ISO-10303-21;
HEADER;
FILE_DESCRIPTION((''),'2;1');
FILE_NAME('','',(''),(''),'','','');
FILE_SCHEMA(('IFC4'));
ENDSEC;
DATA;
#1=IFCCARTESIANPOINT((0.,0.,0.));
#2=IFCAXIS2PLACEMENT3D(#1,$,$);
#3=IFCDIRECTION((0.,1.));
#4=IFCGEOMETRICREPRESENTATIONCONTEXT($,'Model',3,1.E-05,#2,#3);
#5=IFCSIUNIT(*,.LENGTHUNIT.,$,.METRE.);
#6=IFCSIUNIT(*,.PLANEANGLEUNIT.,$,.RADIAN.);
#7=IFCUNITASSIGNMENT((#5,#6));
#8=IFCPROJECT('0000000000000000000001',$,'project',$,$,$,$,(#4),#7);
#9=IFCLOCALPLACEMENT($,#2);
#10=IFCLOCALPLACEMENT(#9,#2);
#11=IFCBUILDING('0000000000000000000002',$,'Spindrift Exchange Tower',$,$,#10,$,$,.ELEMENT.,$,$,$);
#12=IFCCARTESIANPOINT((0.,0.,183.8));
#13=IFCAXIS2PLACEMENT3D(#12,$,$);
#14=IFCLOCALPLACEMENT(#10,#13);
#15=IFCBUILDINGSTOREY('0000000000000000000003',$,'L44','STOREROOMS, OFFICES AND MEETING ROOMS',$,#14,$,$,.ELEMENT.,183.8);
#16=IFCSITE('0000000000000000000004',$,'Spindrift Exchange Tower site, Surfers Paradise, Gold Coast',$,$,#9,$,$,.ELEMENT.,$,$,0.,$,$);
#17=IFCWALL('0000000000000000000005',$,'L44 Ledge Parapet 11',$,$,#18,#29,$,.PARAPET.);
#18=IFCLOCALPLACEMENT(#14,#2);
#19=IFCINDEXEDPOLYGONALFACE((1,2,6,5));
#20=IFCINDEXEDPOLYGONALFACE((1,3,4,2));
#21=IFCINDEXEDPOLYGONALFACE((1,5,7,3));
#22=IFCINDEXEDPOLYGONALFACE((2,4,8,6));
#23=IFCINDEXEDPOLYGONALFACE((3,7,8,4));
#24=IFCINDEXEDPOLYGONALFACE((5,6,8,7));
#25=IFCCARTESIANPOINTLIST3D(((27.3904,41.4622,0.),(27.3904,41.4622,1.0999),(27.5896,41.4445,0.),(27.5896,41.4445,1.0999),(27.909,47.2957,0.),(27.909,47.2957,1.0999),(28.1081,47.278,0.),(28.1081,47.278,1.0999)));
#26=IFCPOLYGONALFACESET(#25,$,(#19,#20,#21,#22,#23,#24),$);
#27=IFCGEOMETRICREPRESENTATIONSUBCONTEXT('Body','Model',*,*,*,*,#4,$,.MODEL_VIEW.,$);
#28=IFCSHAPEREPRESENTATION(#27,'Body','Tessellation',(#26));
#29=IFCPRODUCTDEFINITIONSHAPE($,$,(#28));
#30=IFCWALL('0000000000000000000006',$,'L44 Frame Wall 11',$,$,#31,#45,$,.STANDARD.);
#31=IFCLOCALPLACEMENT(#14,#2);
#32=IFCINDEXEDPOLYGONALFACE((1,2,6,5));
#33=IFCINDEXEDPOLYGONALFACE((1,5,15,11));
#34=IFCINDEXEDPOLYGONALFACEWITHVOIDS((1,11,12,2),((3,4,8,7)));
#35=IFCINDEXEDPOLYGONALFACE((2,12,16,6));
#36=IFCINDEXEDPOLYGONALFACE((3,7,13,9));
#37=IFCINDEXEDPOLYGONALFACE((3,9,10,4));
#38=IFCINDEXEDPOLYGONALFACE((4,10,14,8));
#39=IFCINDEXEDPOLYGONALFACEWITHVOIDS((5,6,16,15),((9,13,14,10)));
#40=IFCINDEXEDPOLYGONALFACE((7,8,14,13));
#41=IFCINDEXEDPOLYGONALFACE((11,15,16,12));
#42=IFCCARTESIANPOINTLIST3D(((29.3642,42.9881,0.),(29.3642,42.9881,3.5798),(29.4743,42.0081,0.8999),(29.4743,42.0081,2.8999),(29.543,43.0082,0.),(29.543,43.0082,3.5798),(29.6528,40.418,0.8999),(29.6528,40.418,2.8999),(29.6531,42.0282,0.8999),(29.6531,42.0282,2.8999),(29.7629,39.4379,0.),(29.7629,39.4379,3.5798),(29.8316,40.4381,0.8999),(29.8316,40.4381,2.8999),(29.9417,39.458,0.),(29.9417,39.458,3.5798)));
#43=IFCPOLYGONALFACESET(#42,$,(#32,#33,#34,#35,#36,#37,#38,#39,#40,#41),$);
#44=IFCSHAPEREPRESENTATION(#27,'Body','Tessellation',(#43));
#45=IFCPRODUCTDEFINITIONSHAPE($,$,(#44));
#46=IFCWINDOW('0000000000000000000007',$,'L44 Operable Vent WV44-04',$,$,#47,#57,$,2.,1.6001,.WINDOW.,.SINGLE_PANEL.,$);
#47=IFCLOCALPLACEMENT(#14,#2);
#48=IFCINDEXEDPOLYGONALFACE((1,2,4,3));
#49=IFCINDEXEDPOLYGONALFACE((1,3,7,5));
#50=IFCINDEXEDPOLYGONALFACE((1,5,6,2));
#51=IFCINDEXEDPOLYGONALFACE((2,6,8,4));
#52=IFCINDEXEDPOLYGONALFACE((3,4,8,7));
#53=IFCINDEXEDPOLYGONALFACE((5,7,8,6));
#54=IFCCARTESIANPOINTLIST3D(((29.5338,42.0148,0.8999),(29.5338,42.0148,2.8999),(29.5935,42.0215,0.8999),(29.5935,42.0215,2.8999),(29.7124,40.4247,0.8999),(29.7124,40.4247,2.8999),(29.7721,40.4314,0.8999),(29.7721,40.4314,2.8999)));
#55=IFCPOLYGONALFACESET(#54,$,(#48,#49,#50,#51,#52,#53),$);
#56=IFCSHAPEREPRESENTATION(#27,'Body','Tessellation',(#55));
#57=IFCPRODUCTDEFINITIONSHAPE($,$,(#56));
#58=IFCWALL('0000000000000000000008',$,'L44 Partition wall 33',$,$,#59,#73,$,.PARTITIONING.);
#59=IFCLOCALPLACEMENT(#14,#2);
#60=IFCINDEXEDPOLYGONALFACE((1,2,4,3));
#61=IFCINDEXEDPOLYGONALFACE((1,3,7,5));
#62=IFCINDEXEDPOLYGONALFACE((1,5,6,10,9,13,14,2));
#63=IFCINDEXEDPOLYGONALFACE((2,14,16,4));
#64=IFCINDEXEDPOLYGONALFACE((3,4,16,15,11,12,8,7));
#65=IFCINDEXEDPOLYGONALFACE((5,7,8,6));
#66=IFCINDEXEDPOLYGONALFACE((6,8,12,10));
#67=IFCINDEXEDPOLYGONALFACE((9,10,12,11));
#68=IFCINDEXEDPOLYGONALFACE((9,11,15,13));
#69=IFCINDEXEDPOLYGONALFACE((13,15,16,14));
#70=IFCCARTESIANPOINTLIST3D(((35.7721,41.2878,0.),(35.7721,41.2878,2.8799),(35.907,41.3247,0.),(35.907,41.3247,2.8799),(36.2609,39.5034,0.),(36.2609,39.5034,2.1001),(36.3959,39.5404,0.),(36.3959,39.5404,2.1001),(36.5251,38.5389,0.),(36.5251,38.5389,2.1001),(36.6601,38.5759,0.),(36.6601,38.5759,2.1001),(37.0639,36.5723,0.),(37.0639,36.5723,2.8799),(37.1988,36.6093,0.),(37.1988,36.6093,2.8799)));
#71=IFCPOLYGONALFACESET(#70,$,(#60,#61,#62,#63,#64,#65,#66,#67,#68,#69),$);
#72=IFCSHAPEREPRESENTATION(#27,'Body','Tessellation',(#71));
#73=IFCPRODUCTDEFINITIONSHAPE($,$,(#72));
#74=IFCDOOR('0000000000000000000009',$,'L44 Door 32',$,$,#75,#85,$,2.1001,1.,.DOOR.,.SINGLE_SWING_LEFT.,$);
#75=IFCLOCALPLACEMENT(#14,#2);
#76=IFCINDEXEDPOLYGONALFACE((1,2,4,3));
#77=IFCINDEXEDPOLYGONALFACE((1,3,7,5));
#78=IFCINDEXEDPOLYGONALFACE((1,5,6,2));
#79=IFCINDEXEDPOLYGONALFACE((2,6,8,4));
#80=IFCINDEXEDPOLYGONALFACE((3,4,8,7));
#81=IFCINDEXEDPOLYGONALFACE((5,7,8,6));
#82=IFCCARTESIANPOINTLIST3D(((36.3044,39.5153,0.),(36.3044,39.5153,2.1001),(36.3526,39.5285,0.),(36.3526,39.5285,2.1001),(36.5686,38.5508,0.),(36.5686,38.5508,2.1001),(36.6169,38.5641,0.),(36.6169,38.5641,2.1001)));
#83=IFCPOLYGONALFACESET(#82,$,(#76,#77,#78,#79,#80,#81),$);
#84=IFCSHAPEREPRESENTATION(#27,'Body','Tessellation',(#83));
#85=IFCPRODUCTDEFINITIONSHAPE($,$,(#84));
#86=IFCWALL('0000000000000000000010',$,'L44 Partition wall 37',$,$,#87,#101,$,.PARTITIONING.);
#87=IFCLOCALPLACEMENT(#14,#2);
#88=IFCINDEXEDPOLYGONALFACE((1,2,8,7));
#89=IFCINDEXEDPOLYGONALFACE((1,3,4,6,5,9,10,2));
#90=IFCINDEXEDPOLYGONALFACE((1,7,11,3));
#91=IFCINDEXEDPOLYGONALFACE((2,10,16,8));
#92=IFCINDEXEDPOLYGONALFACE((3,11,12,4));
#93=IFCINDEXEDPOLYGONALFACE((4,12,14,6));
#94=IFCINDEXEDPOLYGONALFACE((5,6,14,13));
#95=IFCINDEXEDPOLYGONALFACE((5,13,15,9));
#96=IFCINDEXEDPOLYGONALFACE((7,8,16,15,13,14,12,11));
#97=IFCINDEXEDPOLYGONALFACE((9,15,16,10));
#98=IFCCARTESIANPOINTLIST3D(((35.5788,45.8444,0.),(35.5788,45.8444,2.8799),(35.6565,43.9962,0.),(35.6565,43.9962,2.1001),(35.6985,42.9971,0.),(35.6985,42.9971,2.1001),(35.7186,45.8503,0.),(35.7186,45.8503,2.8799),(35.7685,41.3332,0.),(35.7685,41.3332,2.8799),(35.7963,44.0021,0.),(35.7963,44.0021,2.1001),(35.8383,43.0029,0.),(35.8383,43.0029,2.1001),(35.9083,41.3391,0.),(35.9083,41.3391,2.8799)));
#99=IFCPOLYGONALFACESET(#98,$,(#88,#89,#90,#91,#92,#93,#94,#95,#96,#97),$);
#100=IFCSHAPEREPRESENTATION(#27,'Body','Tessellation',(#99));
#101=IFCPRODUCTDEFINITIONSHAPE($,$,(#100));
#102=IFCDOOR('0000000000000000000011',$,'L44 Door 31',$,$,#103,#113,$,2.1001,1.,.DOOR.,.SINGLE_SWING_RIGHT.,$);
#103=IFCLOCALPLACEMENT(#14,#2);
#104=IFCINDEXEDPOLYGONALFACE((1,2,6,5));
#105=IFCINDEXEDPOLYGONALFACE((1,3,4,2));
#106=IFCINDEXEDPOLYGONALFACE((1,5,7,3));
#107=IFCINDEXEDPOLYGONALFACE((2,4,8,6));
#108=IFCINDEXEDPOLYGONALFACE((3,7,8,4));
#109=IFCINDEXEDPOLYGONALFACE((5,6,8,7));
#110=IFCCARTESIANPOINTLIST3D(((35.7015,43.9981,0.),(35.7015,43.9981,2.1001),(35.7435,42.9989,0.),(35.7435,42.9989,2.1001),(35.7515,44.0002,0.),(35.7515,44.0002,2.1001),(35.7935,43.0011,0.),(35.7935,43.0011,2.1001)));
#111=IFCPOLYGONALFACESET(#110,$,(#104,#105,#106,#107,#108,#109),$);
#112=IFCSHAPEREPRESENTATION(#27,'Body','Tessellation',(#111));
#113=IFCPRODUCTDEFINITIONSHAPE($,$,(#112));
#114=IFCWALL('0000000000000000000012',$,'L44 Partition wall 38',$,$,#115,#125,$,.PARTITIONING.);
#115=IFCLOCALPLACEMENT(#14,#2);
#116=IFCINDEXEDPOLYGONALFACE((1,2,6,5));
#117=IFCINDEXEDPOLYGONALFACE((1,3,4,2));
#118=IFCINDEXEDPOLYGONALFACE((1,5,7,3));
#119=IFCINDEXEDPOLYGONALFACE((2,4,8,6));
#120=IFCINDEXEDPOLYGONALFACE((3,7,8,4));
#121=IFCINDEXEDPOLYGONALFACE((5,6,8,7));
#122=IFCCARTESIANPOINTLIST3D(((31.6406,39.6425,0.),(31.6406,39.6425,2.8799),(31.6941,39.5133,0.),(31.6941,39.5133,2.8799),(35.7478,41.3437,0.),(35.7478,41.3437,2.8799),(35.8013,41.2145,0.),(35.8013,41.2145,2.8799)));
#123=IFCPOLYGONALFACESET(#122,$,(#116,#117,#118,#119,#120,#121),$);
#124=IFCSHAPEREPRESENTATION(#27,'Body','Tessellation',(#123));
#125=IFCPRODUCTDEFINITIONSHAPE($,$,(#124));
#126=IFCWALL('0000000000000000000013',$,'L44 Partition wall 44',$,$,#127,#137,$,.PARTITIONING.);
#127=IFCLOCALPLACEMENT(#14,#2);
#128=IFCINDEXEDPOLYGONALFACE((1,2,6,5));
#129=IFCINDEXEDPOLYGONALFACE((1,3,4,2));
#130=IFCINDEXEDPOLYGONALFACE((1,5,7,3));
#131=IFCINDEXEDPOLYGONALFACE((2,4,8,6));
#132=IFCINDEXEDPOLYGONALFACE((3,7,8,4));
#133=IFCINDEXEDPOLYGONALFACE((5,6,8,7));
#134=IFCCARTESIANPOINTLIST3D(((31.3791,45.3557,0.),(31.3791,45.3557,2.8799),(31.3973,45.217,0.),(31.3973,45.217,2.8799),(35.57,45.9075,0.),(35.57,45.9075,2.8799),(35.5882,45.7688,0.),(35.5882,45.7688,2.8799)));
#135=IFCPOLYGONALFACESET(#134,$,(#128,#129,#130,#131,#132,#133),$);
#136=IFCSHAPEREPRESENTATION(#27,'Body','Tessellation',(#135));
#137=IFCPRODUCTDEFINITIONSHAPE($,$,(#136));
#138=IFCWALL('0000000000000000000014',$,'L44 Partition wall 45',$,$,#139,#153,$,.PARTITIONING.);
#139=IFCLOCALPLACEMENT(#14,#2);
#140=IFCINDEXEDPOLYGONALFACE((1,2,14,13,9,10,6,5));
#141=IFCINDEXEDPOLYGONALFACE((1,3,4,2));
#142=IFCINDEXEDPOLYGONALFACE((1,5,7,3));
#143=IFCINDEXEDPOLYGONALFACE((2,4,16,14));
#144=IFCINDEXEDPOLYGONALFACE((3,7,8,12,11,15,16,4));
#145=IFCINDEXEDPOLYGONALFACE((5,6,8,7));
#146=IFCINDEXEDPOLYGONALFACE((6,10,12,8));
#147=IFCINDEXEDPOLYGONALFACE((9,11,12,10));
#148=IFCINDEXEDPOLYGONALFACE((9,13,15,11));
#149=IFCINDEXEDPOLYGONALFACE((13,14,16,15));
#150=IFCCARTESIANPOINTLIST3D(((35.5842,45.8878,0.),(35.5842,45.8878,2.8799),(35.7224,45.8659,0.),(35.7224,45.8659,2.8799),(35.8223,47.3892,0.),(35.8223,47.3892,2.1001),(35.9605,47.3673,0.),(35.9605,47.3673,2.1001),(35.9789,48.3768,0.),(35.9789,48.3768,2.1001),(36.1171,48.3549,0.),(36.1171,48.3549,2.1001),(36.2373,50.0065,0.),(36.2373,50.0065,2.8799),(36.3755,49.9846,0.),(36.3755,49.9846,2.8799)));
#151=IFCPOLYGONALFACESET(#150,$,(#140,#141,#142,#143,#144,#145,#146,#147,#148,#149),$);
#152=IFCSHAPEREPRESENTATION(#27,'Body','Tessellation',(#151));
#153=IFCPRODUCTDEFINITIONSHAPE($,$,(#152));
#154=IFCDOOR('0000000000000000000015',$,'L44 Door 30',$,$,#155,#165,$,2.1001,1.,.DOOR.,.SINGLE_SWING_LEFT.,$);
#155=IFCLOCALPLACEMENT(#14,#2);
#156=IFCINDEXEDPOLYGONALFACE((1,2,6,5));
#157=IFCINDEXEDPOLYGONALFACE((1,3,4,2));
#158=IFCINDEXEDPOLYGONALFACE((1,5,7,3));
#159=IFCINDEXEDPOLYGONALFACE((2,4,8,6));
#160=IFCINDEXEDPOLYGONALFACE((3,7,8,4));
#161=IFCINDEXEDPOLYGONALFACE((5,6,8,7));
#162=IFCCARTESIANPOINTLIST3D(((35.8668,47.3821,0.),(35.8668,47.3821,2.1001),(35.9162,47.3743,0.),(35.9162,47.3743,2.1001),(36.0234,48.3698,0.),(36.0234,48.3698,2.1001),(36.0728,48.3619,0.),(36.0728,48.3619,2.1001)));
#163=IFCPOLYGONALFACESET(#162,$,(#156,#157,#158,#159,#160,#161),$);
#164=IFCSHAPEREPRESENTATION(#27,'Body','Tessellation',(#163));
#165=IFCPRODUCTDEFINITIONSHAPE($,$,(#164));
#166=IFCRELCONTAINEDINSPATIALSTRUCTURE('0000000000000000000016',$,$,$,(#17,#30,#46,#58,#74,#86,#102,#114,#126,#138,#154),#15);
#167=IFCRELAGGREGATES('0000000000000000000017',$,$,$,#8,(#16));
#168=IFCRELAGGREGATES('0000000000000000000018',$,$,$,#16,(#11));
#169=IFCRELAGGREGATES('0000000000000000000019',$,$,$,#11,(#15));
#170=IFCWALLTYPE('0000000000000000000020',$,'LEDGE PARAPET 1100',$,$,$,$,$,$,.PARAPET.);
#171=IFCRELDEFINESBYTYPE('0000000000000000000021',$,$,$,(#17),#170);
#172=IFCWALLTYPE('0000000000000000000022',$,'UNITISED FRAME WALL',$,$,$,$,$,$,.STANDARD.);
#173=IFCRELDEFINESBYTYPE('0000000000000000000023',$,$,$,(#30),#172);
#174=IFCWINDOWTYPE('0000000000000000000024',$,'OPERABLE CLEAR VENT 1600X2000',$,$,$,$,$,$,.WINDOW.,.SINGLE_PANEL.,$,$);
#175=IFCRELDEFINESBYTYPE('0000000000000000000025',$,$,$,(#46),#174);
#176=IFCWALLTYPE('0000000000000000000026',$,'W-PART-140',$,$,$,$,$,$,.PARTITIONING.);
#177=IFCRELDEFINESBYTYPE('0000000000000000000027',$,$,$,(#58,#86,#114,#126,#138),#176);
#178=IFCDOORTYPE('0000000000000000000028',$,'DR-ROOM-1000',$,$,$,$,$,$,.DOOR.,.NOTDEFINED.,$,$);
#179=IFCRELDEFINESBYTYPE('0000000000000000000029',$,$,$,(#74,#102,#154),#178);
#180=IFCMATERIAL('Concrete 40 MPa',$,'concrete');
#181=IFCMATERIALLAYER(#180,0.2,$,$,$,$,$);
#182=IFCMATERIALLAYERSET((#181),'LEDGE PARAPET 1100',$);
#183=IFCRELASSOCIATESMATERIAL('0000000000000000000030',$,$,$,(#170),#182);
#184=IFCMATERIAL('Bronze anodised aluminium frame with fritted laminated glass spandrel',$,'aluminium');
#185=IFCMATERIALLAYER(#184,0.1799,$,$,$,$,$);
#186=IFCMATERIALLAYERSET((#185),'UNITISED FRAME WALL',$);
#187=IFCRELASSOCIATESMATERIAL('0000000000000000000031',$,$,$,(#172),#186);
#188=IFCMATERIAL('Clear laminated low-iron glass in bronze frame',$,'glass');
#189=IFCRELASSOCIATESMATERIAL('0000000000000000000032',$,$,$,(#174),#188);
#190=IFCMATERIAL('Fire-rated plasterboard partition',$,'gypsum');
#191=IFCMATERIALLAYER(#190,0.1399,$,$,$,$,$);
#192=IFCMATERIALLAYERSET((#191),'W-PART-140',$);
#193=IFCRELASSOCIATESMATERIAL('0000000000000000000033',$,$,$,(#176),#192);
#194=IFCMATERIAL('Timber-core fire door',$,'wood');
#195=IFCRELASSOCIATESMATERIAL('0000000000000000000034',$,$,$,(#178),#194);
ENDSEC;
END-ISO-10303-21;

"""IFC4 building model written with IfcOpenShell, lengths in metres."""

from ifc_helpers import new_model, si_unit, direction, frame, frame_2d, origin, place, context, subcontext, project, spatial, rectangle, extrude, source, transform, mapped, material, layer, layer_set, type_object, element, fill, save


model = new_model("IFC4")

# Units and contexts
model_context = context("Model", 3, precision=1e-05, world=origin(), true_north=direction((0.0, 1.0)))
body_context = subcontext(model_context, "Body", "Model", "MODEL_VIEW")
ifc_project = project(units=[si_unit("LENGTHUNIT", "METRE"), si_unit("PLANEANGLEUNIT", "RADIAN")], contexts=[model_context])

# Site, building, storey
site_placement = place(None, origin())
site = spatial("IfcSite", under=ifc_project, at=site_placement, Name="Spindrift Exchange Tower site, Surfers Paradise, Gold Coast", CompositionType="ELEMENT", RefElevation=0.0)
building_placement = place(site_placement, origin())
building = spatial("IfcBuilding", under=site, at=building_placement, Name="Spindrift Exchange Tower", CompositionType="ELEMENT")
storey_placement = place(building_placement, frame((0.0, 0.0, 183.8)))
storey = spatial("IfcBuildingStorey", under=building, at=storey_placement, Name="L44", Description="STOREROOMS, OFFICES AND MEETING ROOMS", CompositionType="ELEMENT", Elevation=183.8)

# Wall
ifc_material_1 = material(Name="Concrete 40 MPa", Category="concrete")
ifc_layer_1 = layer(ifc_material_1, 0.2)
ifc_layer_set_1 = layer_set([ifc_layer_1], Name="LEDGE PARAPET 1100")
wall_type_1 = type_object("IfcWallType", Name="LEDGE PARAPET 1100", PredefinedType="PARAPET", material=ifc_layer_set_1)
wall_1_placement = place(storey_placement, frame((27.49, 41.4534, 0.0), z_axis=(0.0, 0.0, 1.0), x_axis=(0.088543, 0.996072, 0.0)))
element("IfcWall", 1, at=wall_1_placement, inside=storey, type_object=wall_type_1, Name="L44 Ledge Parapet 11", PredefinedType="PARAPET", context=body_context, shape_type="SweptSolid", body=[
    extrude(rectangle(XDim=5.8564, YDim=0.2, at=frame_2d((2.9282, 0.0))), origin(), (0.0, 0.0, 1.0), 1.0999),
])

# Wall, opening, window
ifc_material_2 = material(Name="Bronze anodised aluminium frame with fritted laminated glass spandrel", Category="aluminium")
ifc_layer_2 = layer(ifc_material_2, 0.1799)
ifc_layer_set_2 = layer_set([ifc_layer_2], Name="UNITISED FRAME WALL")
wall_type_2 = type_object("IfcWallType", Name="UNITISED FRAME WALL", PredefinedType="STANDARD", material=ifc_layer_set_2)
wall_2_placement = place(storey_placement, frame((29.4536, 42.998, 0.0), z_axis=(0.0, 0.0, 1.0), x_axis=(0.111594, -0.993754, 0.0)))
wall_2 = element("IfcWall", 2, at=wall_2_placement, inside=storey, type_object=wall_type_2, Name="L44 Frame Wall 11", PredefinedType="STANDARD", context=body_context, shape_type="SweptSolid", body=[
    extrude(rectangle(XDim=3.5725, YDim=0.1799, at=frame_2d((1.7861, 0.0))), origin(), (0.0, 0.0, 1.0), 3.5798),
])
opening_1_placement = place(wall_2_placement, frame((0.9861, 0.0, 0.8999)))
opening_1 = element("IfcOpeningElement", 3, at=opening_1_placement, cuts=wall_2, PredefinedType="OPENING", context=body_context, shape_type="SweptSolid", body=[
    extrude(rectangle(XDim=1.6001, YDim=2.0, at=frame_2d((0.8, 1.0))), frame((0.0, 0.0999, 0.0), z_axis=(0.0, -1.0, 0.0), x_axis=(1.0, 0.0, 0.0)), (0.0, 0.0, 1.0), 0.2),
])
ifc_material_3 = material(Name="Clear laminated low-iron glass in bronze frame", Category="glass")
window_type = type_object("IfcWindowType", Name="OPERABLE CLEAR VENT 1600X2000", PartitioningType="SINGLE_PANEL", PredefinedType="WINDOW", material=ifc_material_3)
shared_shape_1 = source(origin(), body_context, "Body", "SweptSolid", [
    extrude(rectangle(XDim=1.6001, YDim=2.0, at=frame_2d((0.8, 1.0))), frame((0.0, 0.03, 0.0), z_axis=(0.0, -1.0, 0.0), x_axis=(1.0, 0.0, 0.0)), (0.0, 0.0, 1.0), 0.0601),
])
window_placement = place(opening_1_placement, origin())
window = element("IfcWindow", 4, at=window_placement, inside=storey, type_object=window_type, Name="L44 Operable Vent WV44-04", OverallHeight=2.0, OverallWidth=1.6001, PartitioningType="SINGLE_PANEL", PredefinedType="WINDOW", context=body_context, shape_type="MappedRepresentation", body=[
    mapped(shared_shape_1, transform((0.0, 0.0, 0.0), scale=1.0)),
])
fill(opening_1, window)

# Walls, openings, doors
ifc_material_4 = material(Name="Fire-rated plasterboard partition", Category="gypsum")
ifc_layer_3 = layer(ifc_material_4, 0.1399)
ifc_layer_set_3 = layer_set([ifc_layer_3], Name="W-PART-140")
wall_type_3 = type_object("IfcWallType", Name="W-PART-140", PredefinedType="PARTITIONING", material=ifc_layer_set_3)
wall_3_placement = place(storey_placement, frame((37.1313, 36.5908, 0.0), z_axis=(0.0, 0.0, 1.0), x_axis=(-0.264212, 0.964465, 0.0)))
wall_3 = element("IfcWall", 5, at=wall_3_placement, inside=storey, type_object=wall_type_3, Name="L44 Partition wall 33", PredefinedType="PARTITIONING", context=body_context, shape_type="SweptSolid", body=[
    extrude(rectangle(XDim=4.8892, YDim=0.1399, at=frame_2d((2.4446, 0.0))), origin(), (0.0, 0.0, 1.0), 2.8799),
])
opening_2_placement = place(wall_3_placement, frame((2.0391, 0.0, 0.0)))
opening_2 = element("IfcOpeningElement", 6, at=opening_2_placement, cuts=wall_3, PredefinedType="OPENING", context=body_context, shape_type="SweptSolid", body=[
    extrude(rectangle(XDim=1.0, YDim=2.1001, at=frame_2d((0.5, 1.05))), frame((0.0, 0.0798, 0.0), z_axis=(0.0, -1.0, 0.0), x_axis=(1.0, 0.0, 0.0)), (0.0, 0.0, 1.0), 0.1599),
])
ifc_material_5 = material(Name="Timber-core fire door", Category="wood")
door_type = type_object("IfcDoorType", Name="DR-ROOM-1000", OperationType="NOTDEFINED", PredefinedType="DOOR", material=ifc_material_5)
shared_shape_2 = source(origin(), body_context, "Body", "SweptSolid", [
    extrude(rectangle(XDim=1.0, YDim=2.1001, at=frame_2d((0.5, 1.05))), frame((0.0, 0.0249, 0.0), z_axis=(0.0, -1.0, 0.0), x_axis=(1.0, 0.0, 0.0)), (0.0, 0.0, 1.0), 0.05),
])
door_1_placement = place(opening_2_placement, origin())
door_1 = element("IfcDoor", 7, at=door_1_placement, inside=storey, type_object=door_type, Name="L44 Door 32", OperationType="SINGLE_SWING_LEFT", OverallHeight=2.1001, OverallWidth=1.0, PredefinedType="DOOR", context=body_context, shape_type="MappedRepresentation", body=[
    mapped(shared_shape_2, transform((0.0, 0.0, 0.0), scale=1.0)),
])
fill(opening_2, door_1)
wall_4_placement = place(storey_placement, frame((35.8384, 41.3362, 0.0), z_axis=(0.0, 0.0, 1.0), x_axis=(-0.042013, 0.999117, 0.0)))
wall_4 = element("IfcWall", 8, at=wall_4_placement, inside=storey, type_object=wall_type_3, Name="L44 Partition wall 37", PredefinedType="PARTITIONING", context=body_context, shape_type="SweptSolid", body=[
    extrude(rectangle(XDim=4.5151, YDim=0.1399, at=frame_2d((2.2576, 0.0))), origin(), (0.0, 0.0, 1.0), 2.8799),
])
opening_3_placement = place(wall_4_placement, frame((1.6653, 0.0, 0.0)))
opening_3 = element("IfcOpeningElement", 9, at=opening_3_placement, cuts=wall_4, PredefinedType="OPENING", context=body_context, shape_type="SweptSolid", body=[
    extrude(rectangle(XDim=1.0, YDim=2.1001, at=frame_2d((0.5, 1.05))), frame((0.0, 0.0798, 0.0), z_axis=(0.0, -1.0, 0.0), x_axis=(1.0, 0.0, 0.0)), (0.0, 0.0, 1.0), 0.1599),
])
door_2_placement = place(opening_3_placement, origin())
door_2 = element("IfcDoor", 10, at=door_2_placement, inside=storey, type_object=door_type, Name="L44 Door 31", OperationType="SINGLE_SWING_RIGHT", OverallHeight=2.1001, OverallWidth=1.0, PredefinedType="DOOR", context=body_context, shape_type="MappedRepresentation", body=[
    mapped(shared_shape_2, transform((0.0, 0.0, 0.0), scale=1.0)),
])
fill(opening_3, door_2)

# Walls
wall_5_placement = place(storey_placement, frame((35.7744, 41.2791, 0.0), z_axis=(0.0, 0.0, 1.0), x_axis=(-0.923886, -0.382669, 0.0)))
element("IfcWall", 11, at=wall_5_placement, inside=storey, type_object=wall_type_3, Name="L44 Partition wall 38", PredefinedType="PARTITIONING", context=body_context, shape_type="SweptSolid", body=[
    extrude(rectangle(XDim=4.4456, YDim=0.1399, at=frame_2d((2.2227, 0.0))), origin(), (0.0, 0.0, 1.0), 2.8799),
])
wall_6_placement = place(storey_placement, frame((35.5791, 45.8381, 0.0), z_axis=(0.0, 0.0, 1.0), x_axis=(-0.991444, -0.130529, 0.0)))
element("IfcWall", 12, at=wall_6_placement, inside=storey, type_object=wall_type_3, Name="L44 Partition wall 44", PredefinedType="PARTITIONING", context=body_context, shape_type="SweptSolid", body=[
    extrude(rectangle(XDim=4.2271, YDim=0.1399, at=frame_2d((2.1135, 0.0))), origin(), (0.0, 0.0, 1.0), 2.8799),
])

# Wall, opening, door
wall_7_placement = place(storey_placement, frame((35.6533, 45.877, 0.0), z_axis=(0.0, 0.0, 1.0), x_axis=(0.156609, 0.987661, 0.0)))
wall_7 = element("IfcWall", 13, at=wall_7_placement, inside=storey, type_object=wall_type_3, Name="L44 Partition wall 45", PredefinedType="PARTITIONING", context=body_context, shape_type="SweptSolid", body=[
    extrude(rectangle(XDim=4.1702, YDim=0.1399, at=frame_2d((2.085, 0.0))), origin(), (0.0, 0.0, 1.0), 2.8799),
])
opening_4_placement = place(wall_7_placement, frame((1.52, 0.0, 0.0)))
opening_4 = element("IfcOpeningElement", 14, at=opening_4_placement, cuts=wall_7, PredefinedType="OPENING", context=body_context, shape_type="SweptSolid", body=[
    extrude(rectangle(XDim=1.0, YDim=2.1001, at=frame_2d((0.5, 1.05))), frame((0.0, 0.0798, 0.0), z_axis=(0.0, -1.0, 0.0), x_axis=(1.0, 0.0, 0.0)), (0.0, 0.0, 1.0), 0.1599),
])
door_3_placement = place(opening_4_placement, origin())
door_3 = element("IfcDoor", 15, at=door_3_placement, inside=storey, type_object=door_type, Name="L44 Door 30", OperationType="SINGLE_SWING_LEFT", OverallHeight=2.1001, OverallWidth=1.0, PredefinedType="DOOR", context=body_context, shape_type="MappedRepresentation", body=[
    mapped(shared_shape_2, transform((0.0, 0.0, 0.0), scale=1.0)),
])
fill(opening_4, door_3)

save(model, "model.ifc")
